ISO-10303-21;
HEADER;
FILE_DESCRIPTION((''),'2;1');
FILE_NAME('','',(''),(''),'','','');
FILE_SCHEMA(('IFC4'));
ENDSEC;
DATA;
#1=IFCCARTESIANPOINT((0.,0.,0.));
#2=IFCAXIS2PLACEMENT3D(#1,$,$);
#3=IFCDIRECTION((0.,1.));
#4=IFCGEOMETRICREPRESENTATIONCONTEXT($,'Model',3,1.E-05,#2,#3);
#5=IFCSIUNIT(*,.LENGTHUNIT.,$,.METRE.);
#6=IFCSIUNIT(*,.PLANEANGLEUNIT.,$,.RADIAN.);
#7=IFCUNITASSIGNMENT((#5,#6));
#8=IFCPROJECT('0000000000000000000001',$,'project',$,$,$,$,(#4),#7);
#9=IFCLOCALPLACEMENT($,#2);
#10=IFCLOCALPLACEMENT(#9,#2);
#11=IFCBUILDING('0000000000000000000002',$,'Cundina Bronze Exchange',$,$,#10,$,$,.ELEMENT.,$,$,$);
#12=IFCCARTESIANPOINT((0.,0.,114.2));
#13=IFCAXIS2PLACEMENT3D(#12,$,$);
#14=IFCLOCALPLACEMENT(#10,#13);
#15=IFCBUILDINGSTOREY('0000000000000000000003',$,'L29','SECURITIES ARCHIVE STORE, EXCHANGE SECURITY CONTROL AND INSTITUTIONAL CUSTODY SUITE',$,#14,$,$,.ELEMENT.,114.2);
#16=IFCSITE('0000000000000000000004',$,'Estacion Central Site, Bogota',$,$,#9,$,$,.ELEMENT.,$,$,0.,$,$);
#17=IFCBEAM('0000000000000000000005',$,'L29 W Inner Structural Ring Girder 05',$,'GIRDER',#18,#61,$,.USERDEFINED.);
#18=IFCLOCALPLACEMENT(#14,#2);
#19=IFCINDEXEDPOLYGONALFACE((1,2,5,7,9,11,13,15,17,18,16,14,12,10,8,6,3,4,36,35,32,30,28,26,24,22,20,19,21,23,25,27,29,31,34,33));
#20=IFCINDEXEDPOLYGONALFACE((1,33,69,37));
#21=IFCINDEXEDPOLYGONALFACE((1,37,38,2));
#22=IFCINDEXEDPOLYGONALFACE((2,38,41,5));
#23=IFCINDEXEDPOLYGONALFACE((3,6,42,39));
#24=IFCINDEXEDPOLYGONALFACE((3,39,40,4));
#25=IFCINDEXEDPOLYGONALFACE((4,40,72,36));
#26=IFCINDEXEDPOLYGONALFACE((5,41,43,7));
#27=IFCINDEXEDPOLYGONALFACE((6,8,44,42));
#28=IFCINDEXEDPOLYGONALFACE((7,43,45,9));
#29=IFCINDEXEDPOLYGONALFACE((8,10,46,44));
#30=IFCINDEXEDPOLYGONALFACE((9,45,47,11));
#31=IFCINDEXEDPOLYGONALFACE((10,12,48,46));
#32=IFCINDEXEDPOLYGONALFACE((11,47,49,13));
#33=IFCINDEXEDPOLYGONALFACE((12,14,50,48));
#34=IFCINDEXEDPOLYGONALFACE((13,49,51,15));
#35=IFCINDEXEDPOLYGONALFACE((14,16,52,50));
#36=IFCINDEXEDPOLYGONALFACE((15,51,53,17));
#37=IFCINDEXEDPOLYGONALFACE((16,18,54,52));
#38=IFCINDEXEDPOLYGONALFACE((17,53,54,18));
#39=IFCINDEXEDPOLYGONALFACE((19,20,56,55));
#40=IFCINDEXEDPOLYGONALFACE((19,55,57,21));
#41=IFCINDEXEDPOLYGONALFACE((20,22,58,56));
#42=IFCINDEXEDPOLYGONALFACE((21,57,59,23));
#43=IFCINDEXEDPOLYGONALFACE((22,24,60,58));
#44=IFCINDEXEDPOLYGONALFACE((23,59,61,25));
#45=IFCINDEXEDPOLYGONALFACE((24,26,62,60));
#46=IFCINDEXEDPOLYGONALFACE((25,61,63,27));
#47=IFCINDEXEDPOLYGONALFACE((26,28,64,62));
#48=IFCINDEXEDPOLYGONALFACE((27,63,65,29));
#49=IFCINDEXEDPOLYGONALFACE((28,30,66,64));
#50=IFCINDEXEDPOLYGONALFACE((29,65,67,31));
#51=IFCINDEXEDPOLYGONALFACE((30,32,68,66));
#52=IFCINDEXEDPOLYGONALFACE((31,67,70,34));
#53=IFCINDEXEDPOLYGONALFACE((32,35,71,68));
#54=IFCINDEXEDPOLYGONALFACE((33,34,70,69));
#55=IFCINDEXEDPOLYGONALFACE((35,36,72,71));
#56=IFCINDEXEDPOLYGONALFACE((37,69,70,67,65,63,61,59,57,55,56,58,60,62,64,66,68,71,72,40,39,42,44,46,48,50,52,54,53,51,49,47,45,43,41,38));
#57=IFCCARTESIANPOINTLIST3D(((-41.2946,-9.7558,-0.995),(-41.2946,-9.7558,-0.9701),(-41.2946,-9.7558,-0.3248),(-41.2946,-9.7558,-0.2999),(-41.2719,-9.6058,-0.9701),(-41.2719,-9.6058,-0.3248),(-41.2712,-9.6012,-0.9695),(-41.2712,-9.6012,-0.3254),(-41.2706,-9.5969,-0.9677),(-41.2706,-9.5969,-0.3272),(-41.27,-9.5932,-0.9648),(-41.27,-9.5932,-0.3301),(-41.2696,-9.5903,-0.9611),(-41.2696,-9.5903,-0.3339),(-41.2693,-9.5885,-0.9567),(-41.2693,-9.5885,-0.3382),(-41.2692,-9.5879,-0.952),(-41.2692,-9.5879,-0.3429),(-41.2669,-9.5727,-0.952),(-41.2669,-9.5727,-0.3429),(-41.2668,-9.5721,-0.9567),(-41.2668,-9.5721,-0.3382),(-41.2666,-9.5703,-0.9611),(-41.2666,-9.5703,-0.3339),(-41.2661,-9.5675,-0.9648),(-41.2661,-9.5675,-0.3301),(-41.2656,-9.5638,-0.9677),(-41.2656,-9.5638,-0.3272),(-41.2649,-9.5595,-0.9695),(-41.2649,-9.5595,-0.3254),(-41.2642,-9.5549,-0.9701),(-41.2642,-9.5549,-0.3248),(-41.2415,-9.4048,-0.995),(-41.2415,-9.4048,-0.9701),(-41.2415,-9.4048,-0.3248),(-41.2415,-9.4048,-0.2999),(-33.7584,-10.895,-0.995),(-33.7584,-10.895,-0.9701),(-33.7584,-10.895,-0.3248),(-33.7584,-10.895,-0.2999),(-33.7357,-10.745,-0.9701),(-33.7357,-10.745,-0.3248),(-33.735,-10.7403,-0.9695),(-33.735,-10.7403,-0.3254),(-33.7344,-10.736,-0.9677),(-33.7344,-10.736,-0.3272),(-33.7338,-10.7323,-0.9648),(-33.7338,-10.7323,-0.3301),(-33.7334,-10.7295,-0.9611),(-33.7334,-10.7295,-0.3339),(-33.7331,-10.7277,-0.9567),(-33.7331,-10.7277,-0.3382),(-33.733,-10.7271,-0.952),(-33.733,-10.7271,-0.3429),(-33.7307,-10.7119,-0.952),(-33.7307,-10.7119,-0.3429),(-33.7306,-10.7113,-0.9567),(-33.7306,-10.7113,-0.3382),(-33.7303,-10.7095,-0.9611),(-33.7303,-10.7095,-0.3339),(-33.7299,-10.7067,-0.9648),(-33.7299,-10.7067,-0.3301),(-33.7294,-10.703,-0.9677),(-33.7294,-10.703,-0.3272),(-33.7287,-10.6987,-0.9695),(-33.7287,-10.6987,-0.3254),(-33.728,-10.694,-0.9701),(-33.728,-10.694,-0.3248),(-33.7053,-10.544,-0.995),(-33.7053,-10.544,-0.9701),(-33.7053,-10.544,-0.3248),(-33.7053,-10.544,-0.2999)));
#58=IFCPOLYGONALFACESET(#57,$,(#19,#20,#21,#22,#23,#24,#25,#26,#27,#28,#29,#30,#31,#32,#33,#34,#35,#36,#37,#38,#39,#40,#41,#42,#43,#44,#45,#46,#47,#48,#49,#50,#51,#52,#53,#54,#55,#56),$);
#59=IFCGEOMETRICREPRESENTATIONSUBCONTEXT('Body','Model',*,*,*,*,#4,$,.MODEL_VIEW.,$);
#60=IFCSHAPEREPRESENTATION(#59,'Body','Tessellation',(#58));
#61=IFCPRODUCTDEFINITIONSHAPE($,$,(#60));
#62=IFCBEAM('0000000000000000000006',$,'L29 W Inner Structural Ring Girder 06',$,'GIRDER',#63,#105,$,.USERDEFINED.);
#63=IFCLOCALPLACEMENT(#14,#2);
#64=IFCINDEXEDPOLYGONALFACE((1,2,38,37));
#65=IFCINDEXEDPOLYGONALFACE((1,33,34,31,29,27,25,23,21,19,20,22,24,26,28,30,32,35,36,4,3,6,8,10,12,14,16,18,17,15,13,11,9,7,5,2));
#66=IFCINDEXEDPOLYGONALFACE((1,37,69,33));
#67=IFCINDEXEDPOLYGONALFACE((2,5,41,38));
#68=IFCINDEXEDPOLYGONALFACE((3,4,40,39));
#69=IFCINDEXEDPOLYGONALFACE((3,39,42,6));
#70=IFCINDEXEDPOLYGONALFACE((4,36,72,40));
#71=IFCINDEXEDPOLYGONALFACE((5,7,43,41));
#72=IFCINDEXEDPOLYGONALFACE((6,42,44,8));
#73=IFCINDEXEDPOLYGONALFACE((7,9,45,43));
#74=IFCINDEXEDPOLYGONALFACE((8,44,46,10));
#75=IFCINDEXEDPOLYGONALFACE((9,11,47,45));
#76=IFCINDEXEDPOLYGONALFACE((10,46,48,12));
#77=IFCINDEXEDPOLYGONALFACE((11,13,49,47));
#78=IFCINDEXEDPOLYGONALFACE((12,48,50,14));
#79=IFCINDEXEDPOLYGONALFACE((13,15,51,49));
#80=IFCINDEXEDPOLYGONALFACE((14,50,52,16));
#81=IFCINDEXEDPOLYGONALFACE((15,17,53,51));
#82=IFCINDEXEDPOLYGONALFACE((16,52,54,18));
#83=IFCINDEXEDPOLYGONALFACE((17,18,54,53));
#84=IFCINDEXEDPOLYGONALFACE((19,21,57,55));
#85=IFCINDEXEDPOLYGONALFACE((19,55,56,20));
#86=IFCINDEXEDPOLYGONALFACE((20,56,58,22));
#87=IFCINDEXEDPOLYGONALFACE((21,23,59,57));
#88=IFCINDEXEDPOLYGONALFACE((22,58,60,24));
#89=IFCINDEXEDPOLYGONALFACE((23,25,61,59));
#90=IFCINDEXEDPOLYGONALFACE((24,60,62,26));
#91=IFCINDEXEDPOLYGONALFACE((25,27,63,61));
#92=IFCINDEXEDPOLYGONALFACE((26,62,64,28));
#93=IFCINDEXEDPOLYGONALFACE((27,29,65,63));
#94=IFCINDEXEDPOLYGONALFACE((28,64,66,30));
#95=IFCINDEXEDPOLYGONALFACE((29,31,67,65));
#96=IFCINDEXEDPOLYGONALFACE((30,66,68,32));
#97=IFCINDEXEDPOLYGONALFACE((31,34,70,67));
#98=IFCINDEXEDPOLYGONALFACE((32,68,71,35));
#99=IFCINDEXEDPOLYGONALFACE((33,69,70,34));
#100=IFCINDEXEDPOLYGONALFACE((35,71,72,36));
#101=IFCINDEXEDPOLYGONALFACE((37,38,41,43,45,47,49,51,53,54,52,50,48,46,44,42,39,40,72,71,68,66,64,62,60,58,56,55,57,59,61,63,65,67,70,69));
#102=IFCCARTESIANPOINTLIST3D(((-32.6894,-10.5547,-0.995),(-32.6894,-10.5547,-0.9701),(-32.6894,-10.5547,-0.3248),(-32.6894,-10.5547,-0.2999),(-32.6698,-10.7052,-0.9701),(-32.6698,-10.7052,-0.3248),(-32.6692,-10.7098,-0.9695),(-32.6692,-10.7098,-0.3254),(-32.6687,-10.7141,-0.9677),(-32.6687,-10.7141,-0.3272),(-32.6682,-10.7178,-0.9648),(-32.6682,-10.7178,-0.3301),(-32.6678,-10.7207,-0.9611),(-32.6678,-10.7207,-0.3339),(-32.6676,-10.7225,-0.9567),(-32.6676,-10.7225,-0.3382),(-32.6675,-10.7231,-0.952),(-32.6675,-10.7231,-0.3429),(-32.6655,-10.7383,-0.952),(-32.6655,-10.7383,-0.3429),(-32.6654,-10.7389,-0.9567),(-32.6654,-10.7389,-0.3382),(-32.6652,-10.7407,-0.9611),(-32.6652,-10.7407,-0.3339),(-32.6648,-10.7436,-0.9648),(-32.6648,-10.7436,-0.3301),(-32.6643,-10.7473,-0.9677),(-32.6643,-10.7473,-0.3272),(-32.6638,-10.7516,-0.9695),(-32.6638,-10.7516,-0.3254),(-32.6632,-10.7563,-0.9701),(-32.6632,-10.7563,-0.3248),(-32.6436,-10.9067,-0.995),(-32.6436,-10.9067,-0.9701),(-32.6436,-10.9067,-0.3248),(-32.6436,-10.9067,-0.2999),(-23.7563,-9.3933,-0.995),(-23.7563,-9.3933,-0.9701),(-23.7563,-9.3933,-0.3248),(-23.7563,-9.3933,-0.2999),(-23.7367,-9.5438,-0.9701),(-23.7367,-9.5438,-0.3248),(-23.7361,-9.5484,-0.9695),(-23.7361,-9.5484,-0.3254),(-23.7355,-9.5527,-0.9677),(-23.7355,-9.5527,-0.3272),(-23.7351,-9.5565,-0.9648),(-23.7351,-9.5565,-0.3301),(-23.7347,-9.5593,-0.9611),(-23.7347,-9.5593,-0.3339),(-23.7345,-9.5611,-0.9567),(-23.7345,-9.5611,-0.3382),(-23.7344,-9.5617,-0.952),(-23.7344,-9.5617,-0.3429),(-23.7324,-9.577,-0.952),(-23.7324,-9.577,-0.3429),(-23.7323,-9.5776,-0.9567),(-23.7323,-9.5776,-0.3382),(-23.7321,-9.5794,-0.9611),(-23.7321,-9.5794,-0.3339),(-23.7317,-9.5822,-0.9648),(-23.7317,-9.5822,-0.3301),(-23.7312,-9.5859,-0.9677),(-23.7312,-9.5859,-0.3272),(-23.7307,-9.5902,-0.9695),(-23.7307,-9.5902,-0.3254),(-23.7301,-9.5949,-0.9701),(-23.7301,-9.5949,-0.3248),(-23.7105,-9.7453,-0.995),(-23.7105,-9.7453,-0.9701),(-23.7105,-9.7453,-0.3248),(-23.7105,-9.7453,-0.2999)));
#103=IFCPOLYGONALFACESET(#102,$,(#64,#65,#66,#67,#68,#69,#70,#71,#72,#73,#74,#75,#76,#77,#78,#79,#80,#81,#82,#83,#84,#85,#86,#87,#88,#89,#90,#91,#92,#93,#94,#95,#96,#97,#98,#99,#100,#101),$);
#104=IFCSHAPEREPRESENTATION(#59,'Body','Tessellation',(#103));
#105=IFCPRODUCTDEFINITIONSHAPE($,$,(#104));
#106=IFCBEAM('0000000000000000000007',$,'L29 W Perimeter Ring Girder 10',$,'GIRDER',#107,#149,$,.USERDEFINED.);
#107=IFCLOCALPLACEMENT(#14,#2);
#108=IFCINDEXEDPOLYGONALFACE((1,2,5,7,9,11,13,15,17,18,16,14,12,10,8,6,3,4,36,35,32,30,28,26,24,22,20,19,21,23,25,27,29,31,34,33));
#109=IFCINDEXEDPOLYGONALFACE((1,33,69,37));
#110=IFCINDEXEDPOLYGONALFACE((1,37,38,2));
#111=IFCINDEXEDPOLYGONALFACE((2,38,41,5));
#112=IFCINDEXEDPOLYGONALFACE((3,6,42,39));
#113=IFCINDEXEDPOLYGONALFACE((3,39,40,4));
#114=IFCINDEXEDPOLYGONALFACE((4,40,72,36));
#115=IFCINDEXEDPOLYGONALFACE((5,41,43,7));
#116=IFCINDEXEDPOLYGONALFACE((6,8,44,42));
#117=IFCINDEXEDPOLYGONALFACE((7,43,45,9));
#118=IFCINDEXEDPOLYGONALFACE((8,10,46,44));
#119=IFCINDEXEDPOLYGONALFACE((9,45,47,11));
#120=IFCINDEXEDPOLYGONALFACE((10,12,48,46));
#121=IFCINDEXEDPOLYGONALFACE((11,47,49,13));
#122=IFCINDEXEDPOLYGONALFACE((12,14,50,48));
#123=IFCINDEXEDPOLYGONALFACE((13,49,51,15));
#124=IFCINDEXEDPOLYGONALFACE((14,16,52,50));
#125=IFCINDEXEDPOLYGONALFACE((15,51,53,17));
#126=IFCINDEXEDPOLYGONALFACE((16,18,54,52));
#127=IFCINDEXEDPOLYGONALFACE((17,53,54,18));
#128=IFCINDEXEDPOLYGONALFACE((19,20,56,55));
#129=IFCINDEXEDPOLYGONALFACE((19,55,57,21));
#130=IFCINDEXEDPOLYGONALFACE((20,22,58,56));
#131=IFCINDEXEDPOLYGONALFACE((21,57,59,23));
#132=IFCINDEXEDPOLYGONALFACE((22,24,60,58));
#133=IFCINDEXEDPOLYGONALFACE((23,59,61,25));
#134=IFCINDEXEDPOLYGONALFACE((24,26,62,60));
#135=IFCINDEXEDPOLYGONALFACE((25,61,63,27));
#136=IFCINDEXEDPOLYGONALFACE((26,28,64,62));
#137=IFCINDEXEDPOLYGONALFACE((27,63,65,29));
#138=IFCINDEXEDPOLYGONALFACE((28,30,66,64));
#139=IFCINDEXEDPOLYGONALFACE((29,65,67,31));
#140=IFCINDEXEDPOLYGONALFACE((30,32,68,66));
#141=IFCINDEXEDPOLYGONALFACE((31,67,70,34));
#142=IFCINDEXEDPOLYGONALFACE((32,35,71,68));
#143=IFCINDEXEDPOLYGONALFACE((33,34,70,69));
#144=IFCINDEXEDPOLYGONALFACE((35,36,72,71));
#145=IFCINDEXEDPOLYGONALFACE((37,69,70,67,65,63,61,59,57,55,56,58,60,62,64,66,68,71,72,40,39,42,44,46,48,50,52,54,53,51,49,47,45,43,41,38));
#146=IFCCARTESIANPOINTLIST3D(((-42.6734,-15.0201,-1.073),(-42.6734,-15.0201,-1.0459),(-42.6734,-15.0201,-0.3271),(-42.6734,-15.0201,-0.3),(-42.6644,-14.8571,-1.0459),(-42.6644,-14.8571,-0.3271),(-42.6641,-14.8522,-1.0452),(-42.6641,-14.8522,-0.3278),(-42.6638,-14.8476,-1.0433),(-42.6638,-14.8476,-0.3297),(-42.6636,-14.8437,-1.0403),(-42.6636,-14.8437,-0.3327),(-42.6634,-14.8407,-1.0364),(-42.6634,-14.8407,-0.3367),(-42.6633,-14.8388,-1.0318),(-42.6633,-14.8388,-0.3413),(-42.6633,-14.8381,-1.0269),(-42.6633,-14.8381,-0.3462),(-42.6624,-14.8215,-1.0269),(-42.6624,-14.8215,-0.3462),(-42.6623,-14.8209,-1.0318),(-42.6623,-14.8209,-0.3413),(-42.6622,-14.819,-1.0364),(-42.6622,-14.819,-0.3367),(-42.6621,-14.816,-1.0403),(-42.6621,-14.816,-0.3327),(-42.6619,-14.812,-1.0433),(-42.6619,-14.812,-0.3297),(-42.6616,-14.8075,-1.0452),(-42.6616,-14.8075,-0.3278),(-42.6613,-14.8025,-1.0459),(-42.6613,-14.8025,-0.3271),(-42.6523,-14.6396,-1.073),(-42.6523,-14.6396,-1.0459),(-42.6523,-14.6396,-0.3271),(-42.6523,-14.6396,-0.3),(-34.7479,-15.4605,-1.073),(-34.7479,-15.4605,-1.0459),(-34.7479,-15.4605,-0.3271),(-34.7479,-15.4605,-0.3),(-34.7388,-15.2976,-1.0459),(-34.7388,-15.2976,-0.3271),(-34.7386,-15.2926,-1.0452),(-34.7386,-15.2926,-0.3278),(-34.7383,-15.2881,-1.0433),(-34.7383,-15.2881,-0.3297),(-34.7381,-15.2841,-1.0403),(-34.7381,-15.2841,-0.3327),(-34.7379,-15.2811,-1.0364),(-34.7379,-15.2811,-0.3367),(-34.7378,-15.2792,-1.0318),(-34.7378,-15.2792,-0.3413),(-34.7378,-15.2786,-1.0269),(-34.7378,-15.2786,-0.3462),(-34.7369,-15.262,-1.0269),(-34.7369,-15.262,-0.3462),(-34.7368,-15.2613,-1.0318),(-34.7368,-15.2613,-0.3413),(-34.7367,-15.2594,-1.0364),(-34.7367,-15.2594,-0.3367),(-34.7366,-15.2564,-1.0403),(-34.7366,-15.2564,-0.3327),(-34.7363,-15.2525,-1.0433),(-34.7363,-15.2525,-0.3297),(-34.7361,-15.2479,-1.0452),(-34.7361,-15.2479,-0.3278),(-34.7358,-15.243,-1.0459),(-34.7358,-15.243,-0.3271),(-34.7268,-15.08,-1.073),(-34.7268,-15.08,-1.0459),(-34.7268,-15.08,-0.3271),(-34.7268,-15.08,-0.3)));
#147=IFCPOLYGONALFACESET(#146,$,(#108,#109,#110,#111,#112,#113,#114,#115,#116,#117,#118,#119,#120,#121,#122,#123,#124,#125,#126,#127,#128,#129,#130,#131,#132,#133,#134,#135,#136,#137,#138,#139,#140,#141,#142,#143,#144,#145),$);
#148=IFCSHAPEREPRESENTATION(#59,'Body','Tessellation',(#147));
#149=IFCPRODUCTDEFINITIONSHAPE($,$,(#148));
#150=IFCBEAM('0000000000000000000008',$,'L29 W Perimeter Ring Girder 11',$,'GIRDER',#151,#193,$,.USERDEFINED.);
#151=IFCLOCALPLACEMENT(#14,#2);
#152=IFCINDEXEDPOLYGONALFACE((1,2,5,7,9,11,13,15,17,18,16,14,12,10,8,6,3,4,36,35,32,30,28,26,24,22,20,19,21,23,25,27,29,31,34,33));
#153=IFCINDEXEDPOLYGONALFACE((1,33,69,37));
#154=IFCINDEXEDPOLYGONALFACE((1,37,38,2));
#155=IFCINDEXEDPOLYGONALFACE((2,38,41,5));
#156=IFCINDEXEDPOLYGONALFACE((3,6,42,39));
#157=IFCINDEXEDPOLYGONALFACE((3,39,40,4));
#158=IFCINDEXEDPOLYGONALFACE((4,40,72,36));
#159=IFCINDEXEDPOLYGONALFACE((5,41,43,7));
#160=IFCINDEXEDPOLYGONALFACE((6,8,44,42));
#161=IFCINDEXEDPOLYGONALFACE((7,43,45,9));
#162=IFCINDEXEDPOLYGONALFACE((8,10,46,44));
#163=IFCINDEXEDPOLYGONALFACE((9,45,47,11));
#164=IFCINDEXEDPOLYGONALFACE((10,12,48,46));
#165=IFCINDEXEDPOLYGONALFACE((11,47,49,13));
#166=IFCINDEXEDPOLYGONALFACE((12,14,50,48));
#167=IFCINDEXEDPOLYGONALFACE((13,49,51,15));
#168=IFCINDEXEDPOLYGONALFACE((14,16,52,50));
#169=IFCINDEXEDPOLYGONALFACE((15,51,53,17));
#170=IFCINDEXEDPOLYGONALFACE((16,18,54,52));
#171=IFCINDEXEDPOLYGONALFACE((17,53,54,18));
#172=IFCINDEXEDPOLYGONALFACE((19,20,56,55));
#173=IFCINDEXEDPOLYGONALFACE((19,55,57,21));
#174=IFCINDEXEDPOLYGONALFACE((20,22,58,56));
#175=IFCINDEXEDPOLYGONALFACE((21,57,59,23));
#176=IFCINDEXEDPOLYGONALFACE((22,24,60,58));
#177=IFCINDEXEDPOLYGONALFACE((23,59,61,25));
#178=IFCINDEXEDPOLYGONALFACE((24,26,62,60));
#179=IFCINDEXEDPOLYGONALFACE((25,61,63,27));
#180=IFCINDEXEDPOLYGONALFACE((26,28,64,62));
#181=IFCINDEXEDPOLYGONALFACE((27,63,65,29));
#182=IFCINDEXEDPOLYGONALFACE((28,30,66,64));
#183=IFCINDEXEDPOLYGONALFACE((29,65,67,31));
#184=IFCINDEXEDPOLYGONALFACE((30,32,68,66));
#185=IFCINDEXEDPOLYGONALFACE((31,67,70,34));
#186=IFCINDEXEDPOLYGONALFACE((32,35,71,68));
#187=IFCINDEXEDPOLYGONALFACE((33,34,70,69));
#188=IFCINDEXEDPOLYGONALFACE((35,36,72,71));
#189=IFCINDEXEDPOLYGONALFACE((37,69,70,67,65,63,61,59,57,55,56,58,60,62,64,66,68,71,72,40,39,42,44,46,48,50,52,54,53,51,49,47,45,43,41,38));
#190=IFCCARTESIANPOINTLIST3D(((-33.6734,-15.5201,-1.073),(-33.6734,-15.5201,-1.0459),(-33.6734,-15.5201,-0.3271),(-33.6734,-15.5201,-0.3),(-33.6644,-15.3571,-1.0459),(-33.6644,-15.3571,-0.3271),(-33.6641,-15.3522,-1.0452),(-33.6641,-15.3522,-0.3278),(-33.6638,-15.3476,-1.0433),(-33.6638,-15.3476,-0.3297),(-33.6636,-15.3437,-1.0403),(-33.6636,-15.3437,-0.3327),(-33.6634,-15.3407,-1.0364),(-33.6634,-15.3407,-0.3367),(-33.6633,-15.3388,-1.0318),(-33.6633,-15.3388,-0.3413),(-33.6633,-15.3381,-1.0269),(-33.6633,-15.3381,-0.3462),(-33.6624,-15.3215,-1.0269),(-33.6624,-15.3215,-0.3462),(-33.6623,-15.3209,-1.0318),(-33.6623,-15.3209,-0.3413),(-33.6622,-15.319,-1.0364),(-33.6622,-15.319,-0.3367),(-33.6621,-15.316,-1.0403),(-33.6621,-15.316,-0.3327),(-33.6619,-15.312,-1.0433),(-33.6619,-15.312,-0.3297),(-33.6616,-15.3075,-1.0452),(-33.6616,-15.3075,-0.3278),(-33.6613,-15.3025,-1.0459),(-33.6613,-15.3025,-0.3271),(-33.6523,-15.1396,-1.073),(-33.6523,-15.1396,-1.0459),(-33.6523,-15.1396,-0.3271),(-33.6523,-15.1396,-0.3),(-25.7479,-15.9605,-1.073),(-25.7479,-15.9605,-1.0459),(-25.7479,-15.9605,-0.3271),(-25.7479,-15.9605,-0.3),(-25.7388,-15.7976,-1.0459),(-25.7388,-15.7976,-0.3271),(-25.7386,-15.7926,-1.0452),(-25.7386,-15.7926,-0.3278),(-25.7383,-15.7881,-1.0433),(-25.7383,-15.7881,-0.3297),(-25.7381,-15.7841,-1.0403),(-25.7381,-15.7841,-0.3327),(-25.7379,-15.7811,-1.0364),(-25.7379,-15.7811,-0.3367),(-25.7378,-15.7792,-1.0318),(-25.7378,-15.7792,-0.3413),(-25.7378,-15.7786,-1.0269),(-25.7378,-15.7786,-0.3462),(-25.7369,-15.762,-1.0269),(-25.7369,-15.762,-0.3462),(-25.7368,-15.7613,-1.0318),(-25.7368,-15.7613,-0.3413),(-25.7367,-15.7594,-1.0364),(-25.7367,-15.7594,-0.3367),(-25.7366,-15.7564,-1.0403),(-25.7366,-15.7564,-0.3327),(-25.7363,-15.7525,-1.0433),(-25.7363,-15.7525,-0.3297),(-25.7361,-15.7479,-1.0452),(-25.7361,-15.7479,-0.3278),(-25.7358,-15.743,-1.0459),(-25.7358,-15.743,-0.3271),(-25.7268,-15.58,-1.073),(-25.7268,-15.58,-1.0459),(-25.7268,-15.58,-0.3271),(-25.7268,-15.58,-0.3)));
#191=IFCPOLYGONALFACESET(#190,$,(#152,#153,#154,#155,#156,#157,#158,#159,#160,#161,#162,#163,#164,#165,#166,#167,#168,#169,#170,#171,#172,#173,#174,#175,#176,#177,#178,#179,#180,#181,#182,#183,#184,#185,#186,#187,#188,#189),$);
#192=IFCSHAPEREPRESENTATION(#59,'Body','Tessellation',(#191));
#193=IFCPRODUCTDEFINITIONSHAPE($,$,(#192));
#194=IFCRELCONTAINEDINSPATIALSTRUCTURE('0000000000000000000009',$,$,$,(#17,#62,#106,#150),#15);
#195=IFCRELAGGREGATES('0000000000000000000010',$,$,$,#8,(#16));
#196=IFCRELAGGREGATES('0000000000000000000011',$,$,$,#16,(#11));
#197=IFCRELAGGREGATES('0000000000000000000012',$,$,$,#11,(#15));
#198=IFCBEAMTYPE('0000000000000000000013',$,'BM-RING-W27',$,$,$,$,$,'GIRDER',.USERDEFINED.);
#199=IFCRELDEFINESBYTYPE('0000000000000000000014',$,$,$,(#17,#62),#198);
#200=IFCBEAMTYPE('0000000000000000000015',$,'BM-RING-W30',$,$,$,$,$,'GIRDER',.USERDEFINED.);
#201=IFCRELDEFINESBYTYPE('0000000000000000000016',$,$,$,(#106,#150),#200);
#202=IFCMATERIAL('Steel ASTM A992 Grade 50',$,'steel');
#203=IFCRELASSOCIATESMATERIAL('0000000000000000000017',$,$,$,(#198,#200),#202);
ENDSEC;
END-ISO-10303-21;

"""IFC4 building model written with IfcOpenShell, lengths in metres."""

from ifc_helpers import new_model, si_unit, direction, frame, origin, origin_2d, place, context, subcontext, project, spatial, i_section, extrude, material, material_profile, profile_set, type_object, element, save


model = new_model("IFC4")

# Units and contexts
model_context = context("Model", 3, precision=1e-05, world=origin(), true_north=direction((0.0, 1.0)))
body_context = subcontext(model_context, "Body", "Model", "MODEL_VIEW")
ifc_project = project(units=[si_unit("LENGTHUNIT", "METRE"), si_unit("PLANEANGLEUNIT", "RADIAN")], contexts=[model_context])

# Site, building, storey
site_placement = place(None, origin())
site = spatial("IfcSite", under=ifc_project, at=site_placement, Name="Estacion Central Site, Bogota", CompositionType="ELEMENT", RefElevation=0.0)
building_placement = place(site_placement, origin())
building = spatial("IfcBuilding", under=site, at=building_placement, Name="Cundina Bronze Exchange", CompositionType="ELEMENT")
storey_placement = place(building_placement, frame((0.0, 0.0, 114.2)))
storey = spatial("IfcBuildingStorey", under=building, at=storey_placement, Name="L29", Description="SECURITIES ARCHIVE STORE, EXCHANGE SECURITY CONTROL AND INSTITUTIONAL CUSTODY SUITE", CompositionType="ELEMENT", Elevation=114.2)

# Beams
ifc_material_1 = material(Name="Steel ASTM A992 Grade 50", Category="steel")
ifc_material_profile_1 = material_profile(ifc_material_1, i_section(OverallWidth=0.355, OverallDepth=0.6951, WebThickness=0.0154, FlangeThickness=0.0249, FilletRadius=0.0181, at=origin_2d()), Name="W27X146", Category="steel")
ifc_profile_set_1 = profile_set([ifc_material_profile_1], Name="Steel ASTM A992 Grade 50")
beam_type_1 = type_object("IfcBeamType", Name="BM-RING-W27", ElementType="GIRDER", PredefinedType="USERDEFINED", material=ifc_profile_set_1)
beam_1_placement = place(storey_placement, frame((-41.2681, -9.5803, -0.6475), z_axis=(0.988767, -0.149462, 0.0), x_axis=(0.149462, 0.988767, 0.0)))
element("IfcBeam", 1, at=beam_1_placement, inside=storey, type_object=beam_type_1, Name="L29 W Inner Structural Ring Girder 05", ObjectType="GIRDER", PredefinedType="USERDEFINED", context=body_context, shape_type="SweptSolid", body=[
    extrude(i_section(OverallWidth=0.355, OverallDepth=0.6951, WebThickness=0.0154, FlangeThickness=0.0249, FilletRadius=0.0181, at=origin_2d()), origin(), (0.0, 0.0, 1.0), 7.6218),
])
beam_2_placement = place(storey_placement, frame((-32.6665, -10.7307, -0.6475), z_axis=(0.991655, 0.128923, 0.0), x_axis=(-0.128923, 0.991655, 0.0)))
element("IfcBeam", 2, at=beam_2_placement, inside=storey, type_object=beam_type_1, Name="L29 W Inner Structural Ring Girder 06", ObjectType="GIRDER", PredefinedType="USERDEFINED", context=body_context, shape_type="SweptSolid", body=[
    extrude(i_section(OverallWidth=0.355, OverallDepth=0.6951, WebThickness=0.0154, FlangeThickness=0.0249, FilletRadius=0.0181, at=origin_2d()), origin(), (0.0, 0.0, 1.0), 9.0083),
])
ifc_material_profile_2 = material_profile(ifc_material_1, i_section(OverallWidth=0.3811, OverallDepth=0.7729, WebThickness=0.0166, FlangeThickness=0.0271, FilletRadius=0.019, at=origin_2d()), Name="W30X173", Category="steel")
ifc_profile_set_2 = profile_set([ifc_material_profile_2], Name="Steel ASTM A992 Grade 50")
beam_type_2 = type_object("IfcBeamType", Name="BM-RING-W30", ElementType="GIRDER", PredefinedType="USERDEFINED", material=ifc_profile_set_2)
for number, where, z_axis, x_axis, name in (
    (3, (-42.6628, -14.8298, -0.6865), (0.99846, -0.055485, 0.0), (0.055485, 0.99846, 0.0), "L29 W Perimeter Ring Girder 10"),
    (4, (-33.6628, -15.3298, -0.6865), (0.99846, -0.055485, 0.0), (0.055485, 0.99846, 0.0), "L29 W Perimeter Ring Girder 11"),
):
    element("IfcBeam", number, at=place(storey_placement, frame(where, z_axis=z_axis, x_axis=x_axis)), inside=storey, type_object=beam_type_2, Name=name, ObjectType="GIRDER", PredefinedType="USERDEFINED", context=body_context, shape_type="SweptSolid", body=[
        extrude(i_section(OverallWidth=0.3811, OverallDepth=0.7729, WebThickness=0.0166, FlangeThickness=0.0271, FilletRadius=0.019, at=origin_2d()), origin(), (0.0, 0.0, 1.0), 7.9377),
    ])

save(model, "model.ifc")
